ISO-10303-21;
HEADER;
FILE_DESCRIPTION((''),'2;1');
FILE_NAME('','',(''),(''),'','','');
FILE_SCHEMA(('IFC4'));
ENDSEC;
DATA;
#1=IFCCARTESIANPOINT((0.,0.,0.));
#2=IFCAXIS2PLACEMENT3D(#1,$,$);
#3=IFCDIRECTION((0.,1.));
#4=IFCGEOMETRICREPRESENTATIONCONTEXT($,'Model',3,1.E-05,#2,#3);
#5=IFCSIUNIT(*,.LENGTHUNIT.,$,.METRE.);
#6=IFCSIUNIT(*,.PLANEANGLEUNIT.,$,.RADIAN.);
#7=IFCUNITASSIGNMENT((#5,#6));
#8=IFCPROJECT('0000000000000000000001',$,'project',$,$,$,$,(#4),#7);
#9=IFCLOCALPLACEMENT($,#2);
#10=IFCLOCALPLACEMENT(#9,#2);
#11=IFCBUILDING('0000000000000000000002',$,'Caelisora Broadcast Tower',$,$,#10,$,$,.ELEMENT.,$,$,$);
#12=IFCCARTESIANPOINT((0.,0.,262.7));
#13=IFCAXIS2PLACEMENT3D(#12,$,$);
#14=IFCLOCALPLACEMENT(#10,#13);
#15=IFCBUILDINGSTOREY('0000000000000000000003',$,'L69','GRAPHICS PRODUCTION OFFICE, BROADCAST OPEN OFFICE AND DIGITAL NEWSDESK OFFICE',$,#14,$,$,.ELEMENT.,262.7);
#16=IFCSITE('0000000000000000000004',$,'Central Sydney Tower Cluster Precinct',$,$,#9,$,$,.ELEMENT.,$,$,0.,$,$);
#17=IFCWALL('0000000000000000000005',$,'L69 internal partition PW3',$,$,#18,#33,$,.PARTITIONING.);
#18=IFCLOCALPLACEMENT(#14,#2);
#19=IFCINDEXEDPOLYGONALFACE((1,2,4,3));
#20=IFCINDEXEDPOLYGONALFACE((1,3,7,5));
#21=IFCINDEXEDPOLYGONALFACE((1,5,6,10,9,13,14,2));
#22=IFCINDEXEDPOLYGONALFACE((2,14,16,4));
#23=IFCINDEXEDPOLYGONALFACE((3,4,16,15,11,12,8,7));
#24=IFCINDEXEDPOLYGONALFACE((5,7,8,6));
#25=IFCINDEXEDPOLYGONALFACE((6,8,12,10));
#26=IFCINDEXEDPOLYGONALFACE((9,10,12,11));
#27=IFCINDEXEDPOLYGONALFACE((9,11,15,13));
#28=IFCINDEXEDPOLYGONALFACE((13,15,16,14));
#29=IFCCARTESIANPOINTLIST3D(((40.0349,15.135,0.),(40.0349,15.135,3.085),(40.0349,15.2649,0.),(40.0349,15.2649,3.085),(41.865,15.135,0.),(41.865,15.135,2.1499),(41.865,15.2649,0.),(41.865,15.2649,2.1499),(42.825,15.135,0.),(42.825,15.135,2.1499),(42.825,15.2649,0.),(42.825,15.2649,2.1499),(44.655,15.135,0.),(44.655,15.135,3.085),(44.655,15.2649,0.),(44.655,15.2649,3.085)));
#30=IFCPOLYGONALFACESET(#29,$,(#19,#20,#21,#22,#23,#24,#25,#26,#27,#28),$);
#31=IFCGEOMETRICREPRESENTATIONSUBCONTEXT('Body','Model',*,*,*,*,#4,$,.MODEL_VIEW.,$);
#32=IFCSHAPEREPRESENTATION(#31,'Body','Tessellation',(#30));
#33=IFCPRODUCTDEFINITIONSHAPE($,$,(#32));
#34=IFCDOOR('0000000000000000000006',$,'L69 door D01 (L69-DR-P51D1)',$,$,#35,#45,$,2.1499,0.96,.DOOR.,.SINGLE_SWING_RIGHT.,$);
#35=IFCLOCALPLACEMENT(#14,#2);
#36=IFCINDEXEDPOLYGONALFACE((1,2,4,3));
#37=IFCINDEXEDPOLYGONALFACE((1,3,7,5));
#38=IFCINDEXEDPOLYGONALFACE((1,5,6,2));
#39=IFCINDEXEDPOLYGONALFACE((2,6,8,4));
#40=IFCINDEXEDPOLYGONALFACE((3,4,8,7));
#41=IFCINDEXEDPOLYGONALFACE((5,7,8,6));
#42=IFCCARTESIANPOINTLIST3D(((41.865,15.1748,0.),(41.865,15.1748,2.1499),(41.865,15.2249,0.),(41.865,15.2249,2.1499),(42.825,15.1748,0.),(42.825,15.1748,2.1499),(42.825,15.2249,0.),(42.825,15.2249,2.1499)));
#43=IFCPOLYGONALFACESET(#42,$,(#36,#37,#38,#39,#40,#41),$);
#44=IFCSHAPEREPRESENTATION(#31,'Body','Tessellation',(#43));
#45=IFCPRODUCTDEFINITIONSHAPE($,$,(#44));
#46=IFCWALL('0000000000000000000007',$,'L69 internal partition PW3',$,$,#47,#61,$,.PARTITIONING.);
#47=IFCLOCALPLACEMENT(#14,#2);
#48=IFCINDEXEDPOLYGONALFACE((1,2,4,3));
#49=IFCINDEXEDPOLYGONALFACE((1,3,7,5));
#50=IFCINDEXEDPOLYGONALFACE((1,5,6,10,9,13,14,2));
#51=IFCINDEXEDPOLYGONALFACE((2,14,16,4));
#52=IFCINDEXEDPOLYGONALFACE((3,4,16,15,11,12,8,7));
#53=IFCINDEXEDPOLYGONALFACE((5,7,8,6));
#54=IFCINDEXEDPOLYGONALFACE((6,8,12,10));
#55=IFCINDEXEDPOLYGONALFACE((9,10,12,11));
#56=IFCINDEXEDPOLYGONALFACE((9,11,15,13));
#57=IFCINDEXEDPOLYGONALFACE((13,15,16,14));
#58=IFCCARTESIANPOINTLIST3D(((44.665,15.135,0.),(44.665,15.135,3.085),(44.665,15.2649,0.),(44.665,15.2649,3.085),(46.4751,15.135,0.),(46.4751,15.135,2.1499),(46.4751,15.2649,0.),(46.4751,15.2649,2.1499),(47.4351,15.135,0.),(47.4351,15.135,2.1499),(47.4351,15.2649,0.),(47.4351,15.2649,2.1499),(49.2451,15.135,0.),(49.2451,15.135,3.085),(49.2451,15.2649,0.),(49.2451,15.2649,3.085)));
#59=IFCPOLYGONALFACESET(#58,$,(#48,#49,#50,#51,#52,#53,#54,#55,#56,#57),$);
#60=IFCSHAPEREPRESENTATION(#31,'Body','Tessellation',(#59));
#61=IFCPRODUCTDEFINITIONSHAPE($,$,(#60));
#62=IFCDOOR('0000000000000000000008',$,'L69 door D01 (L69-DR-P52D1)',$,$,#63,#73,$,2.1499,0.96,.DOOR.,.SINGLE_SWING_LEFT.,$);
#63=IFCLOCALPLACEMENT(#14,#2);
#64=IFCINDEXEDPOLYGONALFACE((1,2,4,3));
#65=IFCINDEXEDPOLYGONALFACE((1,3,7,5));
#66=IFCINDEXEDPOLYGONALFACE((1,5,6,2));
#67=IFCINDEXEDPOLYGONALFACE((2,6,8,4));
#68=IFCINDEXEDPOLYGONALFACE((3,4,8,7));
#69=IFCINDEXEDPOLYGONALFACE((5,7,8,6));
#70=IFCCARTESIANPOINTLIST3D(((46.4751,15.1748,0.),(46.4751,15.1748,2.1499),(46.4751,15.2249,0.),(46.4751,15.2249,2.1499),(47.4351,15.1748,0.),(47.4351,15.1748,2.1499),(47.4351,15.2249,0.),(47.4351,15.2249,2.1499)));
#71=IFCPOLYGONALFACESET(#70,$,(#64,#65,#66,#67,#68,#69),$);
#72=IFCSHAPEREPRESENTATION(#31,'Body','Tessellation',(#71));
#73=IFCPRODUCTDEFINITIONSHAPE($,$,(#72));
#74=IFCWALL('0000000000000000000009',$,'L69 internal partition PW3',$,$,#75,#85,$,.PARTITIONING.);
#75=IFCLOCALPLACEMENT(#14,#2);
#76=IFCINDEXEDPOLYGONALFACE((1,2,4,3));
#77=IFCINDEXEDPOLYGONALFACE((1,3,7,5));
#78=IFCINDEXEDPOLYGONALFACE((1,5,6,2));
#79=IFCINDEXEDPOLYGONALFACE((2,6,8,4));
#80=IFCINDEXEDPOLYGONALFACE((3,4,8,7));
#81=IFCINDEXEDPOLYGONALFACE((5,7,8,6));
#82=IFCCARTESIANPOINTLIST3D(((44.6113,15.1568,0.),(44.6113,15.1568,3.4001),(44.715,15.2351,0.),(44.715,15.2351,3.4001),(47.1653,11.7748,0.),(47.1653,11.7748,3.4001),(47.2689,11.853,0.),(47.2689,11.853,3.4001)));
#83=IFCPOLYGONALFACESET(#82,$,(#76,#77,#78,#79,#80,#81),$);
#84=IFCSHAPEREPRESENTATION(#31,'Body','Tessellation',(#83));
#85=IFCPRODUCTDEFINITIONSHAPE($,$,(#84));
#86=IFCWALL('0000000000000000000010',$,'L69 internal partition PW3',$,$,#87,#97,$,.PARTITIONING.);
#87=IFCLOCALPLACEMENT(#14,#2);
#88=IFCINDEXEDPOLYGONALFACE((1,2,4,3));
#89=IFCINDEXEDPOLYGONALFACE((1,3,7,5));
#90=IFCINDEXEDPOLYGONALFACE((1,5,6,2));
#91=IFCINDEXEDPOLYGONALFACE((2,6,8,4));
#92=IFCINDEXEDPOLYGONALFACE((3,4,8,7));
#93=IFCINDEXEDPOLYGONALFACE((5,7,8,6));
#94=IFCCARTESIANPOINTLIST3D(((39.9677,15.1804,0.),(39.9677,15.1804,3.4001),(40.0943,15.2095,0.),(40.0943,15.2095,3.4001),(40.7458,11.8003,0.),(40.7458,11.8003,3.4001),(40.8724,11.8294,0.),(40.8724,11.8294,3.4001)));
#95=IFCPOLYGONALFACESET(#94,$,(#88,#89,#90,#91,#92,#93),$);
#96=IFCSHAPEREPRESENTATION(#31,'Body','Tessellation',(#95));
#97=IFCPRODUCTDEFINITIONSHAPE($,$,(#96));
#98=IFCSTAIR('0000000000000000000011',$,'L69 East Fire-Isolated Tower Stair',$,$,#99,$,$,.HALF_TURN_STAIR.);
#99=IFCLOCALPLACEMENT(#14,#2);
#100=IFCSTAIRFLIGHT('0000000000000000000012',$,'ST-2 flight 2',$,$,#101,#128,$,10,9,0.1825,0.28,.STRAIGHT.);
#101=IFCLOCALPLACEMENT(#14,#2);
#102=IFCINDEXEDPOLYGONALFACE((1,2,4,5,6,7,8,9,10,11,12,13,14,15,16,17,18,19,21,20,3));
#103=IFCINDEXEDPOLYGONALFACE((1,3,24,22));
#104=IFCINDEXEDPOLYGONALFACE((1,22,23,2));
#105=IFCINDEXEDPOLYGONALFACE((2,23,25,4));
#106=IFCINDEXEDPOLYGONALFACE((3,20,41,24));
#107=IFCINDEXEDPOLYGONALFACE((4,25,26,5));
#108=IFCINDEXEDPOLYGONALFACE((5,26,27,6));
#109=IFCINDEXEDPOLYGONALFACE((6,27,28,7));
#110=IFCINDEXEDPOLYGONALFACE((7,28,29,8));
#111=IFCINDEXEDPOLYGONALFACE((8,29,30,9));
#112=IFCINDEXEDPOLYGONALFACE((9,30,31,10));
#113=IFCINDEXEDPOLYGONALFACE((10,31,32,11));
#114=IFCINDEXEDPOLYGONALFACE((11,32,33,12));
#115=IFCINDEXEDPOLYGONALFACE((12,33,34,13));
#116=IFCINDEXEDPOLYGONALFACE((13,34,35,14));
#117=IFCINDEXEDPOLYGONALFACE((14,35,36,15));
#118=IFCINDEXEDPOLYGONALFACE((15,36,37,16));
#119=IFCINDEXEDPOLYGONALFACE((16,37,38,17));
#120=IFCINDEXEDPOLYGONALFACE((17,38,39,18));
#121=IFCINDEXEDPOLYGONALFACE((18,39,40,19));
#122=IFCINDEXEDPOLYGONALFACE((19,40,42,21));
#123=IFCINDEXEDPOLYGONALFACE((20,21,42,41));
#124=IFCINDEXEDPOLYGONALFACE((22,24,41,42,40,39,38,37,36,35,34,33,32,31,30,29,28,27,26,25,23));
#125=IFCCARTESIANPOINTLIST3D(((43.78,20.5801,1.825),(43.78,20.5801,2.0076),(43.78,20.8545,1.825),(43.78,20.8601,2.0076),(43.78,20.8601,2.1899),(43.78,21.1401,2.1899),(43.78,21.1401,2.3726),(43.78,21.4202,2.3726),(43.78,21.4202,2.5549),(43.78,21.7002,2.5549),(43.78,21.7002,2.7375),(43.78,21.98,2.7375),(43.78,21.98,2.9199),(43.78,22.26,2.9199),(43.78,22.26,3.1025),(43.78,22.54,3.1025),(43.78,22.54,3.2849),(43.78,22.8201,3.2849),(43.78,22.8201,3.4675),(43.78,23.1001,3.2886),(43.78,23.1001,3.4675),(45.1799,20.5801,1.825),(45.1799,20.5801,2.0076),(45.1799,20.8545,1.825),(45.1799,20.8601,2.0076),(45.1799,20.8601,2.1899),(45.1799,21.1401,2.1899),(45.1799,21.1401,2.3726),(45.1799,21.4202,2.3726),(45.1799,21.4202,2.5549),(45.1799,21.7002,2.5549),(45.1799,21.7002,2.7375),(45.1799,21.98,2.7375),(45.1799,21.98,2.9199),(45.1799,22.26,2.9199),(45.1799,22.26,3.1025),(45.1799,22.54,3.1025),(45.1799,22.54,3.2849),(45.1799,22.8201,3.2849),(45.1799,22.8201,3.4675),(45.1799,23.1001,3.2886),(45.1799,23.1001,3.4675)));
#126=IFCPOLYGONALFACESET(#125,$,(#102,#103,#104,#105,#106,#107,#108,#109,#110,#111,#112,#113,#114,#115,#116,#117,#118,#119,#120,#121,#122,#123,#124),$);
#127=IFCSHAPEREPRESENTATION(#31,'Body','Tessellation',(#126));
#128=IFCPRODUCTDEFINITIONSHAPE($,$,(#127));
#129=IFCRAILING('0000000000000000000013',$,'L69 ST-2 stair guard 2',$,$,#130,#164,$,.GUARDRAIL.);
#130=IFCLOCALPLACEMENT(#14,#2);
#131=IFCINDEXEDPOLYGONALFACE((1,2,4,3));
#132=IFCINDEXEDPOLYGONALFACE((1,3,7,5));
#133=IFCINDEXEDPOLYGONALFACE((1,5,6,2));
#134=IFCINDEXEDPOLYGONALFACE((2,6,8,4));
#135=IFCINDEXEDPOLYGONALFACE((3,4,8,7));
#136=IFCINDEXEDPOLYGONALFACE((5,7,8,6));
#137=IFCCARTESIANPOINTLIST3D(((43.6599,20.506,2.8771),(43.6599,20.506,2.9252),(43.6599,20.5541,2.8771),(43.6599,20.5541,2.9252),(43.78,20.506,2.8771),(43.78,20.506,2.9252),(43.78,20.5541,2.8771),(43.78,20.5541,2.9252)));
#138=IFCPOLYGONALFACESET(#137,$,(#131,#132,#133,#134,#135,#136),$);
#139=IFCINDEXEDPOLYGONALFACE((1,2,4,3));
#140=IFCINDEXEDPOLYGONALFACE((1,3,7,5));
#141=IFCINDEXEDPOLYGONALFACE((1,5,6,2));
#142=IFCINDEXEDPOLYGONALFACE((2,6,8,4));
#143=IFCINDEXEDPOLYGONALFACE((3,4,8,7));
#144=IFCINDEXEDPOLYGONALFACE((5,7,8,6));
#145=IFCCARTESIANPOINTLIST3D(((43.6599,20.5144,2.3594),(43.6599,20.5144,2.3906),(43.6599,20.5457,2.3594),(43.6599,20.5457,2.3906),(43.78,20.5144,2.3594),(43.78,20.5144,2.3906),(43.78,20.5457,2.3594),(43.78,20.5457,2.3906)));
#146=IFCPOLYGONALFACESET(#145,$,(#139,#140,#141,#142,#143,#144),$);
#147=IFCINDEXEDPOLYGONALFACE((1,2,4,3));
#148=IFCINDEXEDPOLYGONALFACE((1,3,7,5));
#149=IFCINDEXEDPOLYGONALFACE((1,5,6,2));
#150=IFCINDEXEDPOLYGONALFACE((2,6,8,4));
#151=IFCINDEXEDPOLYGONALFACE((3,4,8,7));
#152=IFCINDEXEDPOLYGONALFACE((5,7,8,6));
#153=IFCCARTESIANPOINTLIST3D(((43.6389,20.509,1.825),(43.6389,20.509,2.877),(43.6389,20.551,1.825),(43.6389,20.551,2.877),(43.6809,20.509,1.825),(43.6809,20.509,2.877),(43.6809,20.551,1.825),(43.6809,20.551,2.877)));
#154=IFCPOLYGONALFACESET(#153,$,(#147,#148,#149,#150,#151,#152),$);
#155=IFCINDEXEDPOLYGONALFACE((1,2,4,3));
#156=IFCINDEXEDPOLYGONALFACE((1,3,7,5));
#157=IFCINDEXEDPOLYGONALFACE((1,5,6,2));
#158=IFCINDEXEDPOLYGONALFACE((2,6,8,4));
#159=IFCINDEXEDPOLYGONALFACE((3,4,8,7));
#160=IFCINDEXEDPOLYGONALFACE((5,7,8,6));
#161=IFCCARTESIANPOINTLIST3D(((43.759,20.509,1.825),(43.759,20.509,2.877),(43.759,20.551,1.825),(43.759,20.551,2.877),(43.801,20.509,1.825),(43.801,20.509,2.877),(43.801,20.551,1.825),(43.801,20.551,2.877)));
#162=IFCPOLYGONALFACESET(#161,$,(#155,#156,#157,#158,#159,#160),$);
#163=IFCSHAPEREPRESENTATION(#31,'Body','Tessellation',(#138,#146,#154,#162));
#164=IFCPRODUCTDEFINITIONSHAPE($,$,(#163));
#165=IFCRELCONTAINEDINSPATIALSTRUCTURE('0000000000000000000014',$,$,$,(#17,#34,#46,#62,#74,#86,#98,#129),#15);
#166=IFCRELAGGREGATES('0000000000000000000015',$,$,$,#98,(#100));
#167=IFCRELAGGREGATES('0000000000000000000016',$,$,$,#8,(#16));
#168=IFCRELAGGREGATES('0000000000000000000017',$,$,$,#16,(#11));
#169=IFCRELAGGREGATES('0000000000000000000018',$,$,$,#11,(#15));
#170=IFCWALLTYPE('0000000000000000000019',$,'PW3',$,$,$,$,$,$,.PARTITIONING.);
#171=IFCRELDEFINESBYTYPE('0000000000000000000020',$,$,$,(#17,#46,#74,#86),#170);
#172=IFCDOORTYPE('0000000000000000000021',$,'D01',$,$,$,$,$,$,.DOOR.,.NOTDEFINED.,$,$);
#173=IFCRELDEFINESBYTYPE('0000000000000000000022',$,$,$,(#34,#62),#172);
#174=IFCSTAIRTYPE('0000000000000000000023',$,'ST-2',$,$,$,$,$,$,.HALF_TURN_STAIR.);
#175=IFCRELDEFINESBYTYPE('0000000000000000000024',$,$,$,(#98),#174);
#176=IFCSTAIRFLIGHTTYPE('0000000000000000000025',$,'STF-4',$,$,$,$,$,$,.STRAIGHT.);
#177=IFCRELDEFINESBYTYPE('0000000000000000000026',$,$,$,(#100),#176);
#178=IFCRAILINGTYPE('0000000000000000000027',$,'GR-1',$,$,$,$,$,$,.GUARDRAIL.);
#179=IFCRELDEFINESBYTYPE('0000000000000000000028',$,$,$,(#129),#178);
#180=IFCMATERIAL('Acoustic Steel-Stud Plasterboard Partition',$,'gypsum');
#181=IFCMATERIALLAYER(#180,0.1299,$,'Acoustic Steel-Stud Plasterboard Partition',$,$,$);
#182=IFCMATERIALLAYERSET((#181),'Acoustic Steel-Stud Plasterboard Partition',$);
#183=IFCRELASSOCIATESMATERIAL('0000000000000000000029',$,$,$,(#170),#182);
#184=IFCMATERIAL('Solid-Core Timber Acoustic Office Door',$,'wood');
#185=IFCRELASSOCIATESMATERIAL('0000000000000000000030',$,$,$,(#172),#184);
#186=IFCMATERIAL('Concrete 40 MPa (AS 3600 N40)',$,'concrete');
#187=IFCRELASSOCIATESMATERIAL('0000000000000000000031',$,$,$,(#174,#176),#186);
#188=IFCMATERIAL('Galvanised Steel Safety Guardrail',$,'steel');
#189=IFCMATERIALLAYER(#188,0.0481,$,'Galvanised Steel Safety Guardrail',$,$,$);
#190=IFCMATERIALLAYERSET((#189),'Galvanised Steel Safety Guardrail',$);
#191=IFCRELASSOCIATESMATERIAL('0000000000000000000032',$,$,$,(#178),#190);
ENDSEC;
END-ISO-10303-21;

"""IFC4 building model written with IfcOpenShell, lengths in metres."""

from ifc_helpers import new_model, si_unit, direction, frame, frame_2d, origin, origin_2d, place, context, subcontext, project, spatial, polyline, rectangle, outline, extrude, material, layer, layer_set, type_object, element, fill, aggregate, save


model = new_model("IFC4")

# Units and contexts
model_context = context("Model", 3, precision=1e-05, world=origin(), true_north=direction((0.0, 1.0)))
body_context = subcontext(model_context, "Body", "Model", "MODEL_VIEW")
ifc_project = project(units=[si_unit("LENGTHUNIT", "METRE"), si_unit("PLANEANGLEUNIT", "RADIAN")], contexts=[model_context])

# Site, building, storey
site_placement = place(None, origin())
site = spatial("IfcSite", under=ifc_project, at=site_placement, Name="Central Sydney Tower Cluster Precinct", CompositionType="ELEMENT", RefElevation=0.0)
building_placement = place(site_placement, origin())
building = spatial("IfcBuilding", under=site, at=building_placement, Name="Caelisora Broadcast Tower", CompositionType="ELEMENT")
storey_placement = place(building_placement, frame((0.0, 0.0, 262.7)))
storey = spatial("IfcBuildingStorey", under=building, at=storey_placement, Name="L69", Description="GRAPHICS PRODUCTION OFFICE, BROADCAST OPEN OFFICE AND DIGITAL NEWSDESK OFFICE", CompositionType="ELEMENT", Elevation=262.7)

# Shared definitions
ifc_material_1 = material(Name="Concrete 40 MPa (AS 3600 N40)", Category="concrete")

# Walls, openings, doors
ifc_material_2 = material(Name="Acoustic Steel-Stud Plasterboard Partition", Category="gypsum")
ifc_layer_1 = layer(ifc_material_2, 0.1299, Name="Acoustic Steel-Stud Plasterboard Partition")
ifc_layer_set_1 = layer_set([ifc_layer_1], Name="Acoustic Steel-Stud Plasterboard Partition")
wall_type_1 = type_object("IfcWallType", Name="PW3", PredefinedType="PARTITIONING", material=ifc_layer_set_1)
wall_1_placement = place(storey_placement, frame((40.0349, 15.2, 0.0), z_axis=(0.0, 0.0, 1.0), x_axis=(1.0, 0.0, 0.0)))
wall_1 = element("IfcWall", 1, at=wall_1_placement, inside=storey, type_object=wall_type_1, Name="L69 internal partition PW3", PredefinedType="PARTITIONING", context=body_context, shape_type="SweptSolid", body=[
    extrude(rectangle(XDim=4.6201, YDim=0.1299, at=frame_2d((2.3101, 0.0))), origin(), (0.0, 0.0, 1.0), 3.085),
])
opening_1_placement = place(wall_1_placement, frame((1.8301, 0.0, 0.0)))
opening_1 = element("IfcOpeningElement", 2, at=opening_1_placement, cuts=wall_1, PredefinedType="OPENING", context=body_context, shape_type="SweptSolid", body=[
    extrude(rectangle(XDim=0.96, YDim=2.1499, at=frame_2d((0.48, 1.075))), frame((0.0, 0.0769, 0.0), z_axis=(0.0, -1.0, 0.0), x_axis=(1.0, 0.0, 0.0)), (0.0, 0.0, 1.0), 0.1538),
])
ifc_material_3 = material(Name="Solid-Core Timber Acoustic Office Door", Category="wood")
door_type_1 = type_object("IfcDoorType", Name="D01", OperationType="NOTDEFINED", PredefinedType="DOOR", material=ifc_material_3)
door_1_placement = place(opening_1_placement, origin())
door_1 = element("IfcDoor", 3, at=door_1_placement, inside=storey, type_object=door_type_1, Name="L69 door D01 (L69-DR-P51D1)", OperationType="SINGLE_SWING_RIGHT", OverallHeight=2.1499, OverallWidth=0.96, PredefinedType="DOOR", context=body_context, shape_type="SweptSolid", body=[
    extrude(rectangle(XDim=0.96, YDim=2.1499, at=frame_2d((0.48, 1.075))), frame((0.0, 0.0249, 0.0), z_axis=(0.0, -1.0, 0.0), x_axis=(1.0, 0.0, 0.0)), (0.0, 0.0, 1.0), 0.05),
])
fill(opening_1, door_1)
wall_2_placement = place(storey_placement, frame((44.665, 15.2, 0.0), z_axis=(0.0, 0.0, 1.0), x_axis=(1.0, 0.0, 0.0)))
wall_2 = element("IfcWall", 4, at=wall_2_placement, inside=storey, type_object=wall_type_1, Name="L69 internal partition PW3", PredefinedType="PARTITIONING", context=body_context, shape_type="SweptSolid", body=[
    extrude(rectangle(XDim=4.5801, YDim=0.1299, at=frame_2d((2.29, 0.0))), origin(), (0.0, 0.0, 1.0), 3.085),
])
opening_2_placement = place(wall_2_placement, frame((1.8101, 0.0, 0.0)))
opening_2 = element("IfcOpeningElement", 5, at=opening_2_placement, cuts=wall_2, PredefinedType="OPENING", context=body_context, shape_type="SweptSolid", body=[
    extrude(rectangle(XDim=0.96, YDim=2.1499, at=frame_2d((0.48, 1.075))), frame((0.0, 0.0769, 0.0), z_axis=(0.0, -1.0, 0.0), x_axis=(1.0, 0.0, 0.0)), (0.0, 0.0, 1.0), 0.1538),
])
door_2_placement = place(opening_2_placement, origin())
door_2 = element("IfcDoor", 6, at=door_2_placement, inside=storey, type_object=door_type_1, Name="L69 door D01 (L69-DR-P52D1)", OperationType="SINGLE_SWING_LEFT", OverallHeight=2.1499, OverallWidth=0.96, PredefinedType="DOOR", context=body_context, shape_type="SweptSolid", body=[
    extrude(rectangle(XDim=0.96, YDim=2.1499, at=frame_2d((0.48, 1.075))), frame((0.0, 0.0249, 0.0), z_axis=(0.0, -1.0, 0.0), x_axis=(1.0, 0.0, 0.0)), (0.0, 0.0, 1.0), 0.05),
])
fill(opening_2, door_2)

# Walls
wall_3_placement = place(storey_placement, frame((44.6631, 15.196, 0.0), z_axis=(0.0, 0.0, 1.0), x_axis=(0.602624, -0.798026, 0.0)))
element("IfcWall", 7, at=wall_3_placement, inside=storey, type_object=wall_type_1, Name="L69 internal partition PW3", PredefinedType="PARTITIONING", context=body_context, shape_type="SweptSolid", body=[
    extrude(rectangle(XDim=4.238, YDim=0.1299, at=frame_2d((2.1191, 0.0))), origin(), (0.0, 0.0, 1.0), 3.4001),
])
wall_4_placement = place(storey_placement, frame((40.031, 15.1951, 0.0), z_axis=(0.0, 0.0, 1.0), x_axis=(0.224325, -0.974514, 0.0)))
element("IfcWall", 8, at=wall_4_placement, inside=storey, type_object=wall_type_1, Name="L69 internal partition PW3", PredefinedType="PARTITIONING", context=body_context, shape_type="SweptSolid", body=[
    extrude(rectangle(XDim=3.4685, YDim=0.1299, at=frame_2d((1.7344, 0.0))), origin(), (0.0, 0.0, 1.0), 3.4001),
])

# Stair, stair flight
stair_type = type_object("IfcStairType", Name="ST-2", PredefinedType="HALF_TURN_STAIR", material=ifc_material_1)
stair_placement = place(storey_placement, origin())
stair = element("IfcStair", 9, at=stair_placement, inside=storey, type_object=stair_type, Name="L69 East Fire-Isolated Tower Stair", PredefinedType="HALF_TURN_STAIR")
stair_flight_type = type_object("IfcStairFlightType", Name="STF-4", PredefinedType="STRAIGHT", material=ifc_material_1)
stair_flight_placement = place(storey_placement, frame((44.48, 20.5801, 1.825), z_axis=(0.0, 0.0, 1.0), x_axis=(0.0, 1.0, 0.0)))
stair_flight = element("IfcStairFlight", 10, at=stair_flight_placement, type_object=stair_flight_type, Name="ST-2 flight 2", NumberOfRisers=10, NumberOfTreads=9, PredefinedType="STRAIGHT", RiserHeight=0.1825, TreadLength=0.28, context=body_context, shape_type="SweptSolid", body=[
    extrude(outline(polyline([(0.0, 0.0), (0.0, 0.1826), (0.28, 0.1826), (0.28, 0.365), (0.5601, 0.365), (0.5601, 0.5476), (0.8401, 0.5476), (0.8401, 0.73), (1.1201, 0.73), (1.1201, 0.9126), (1.3999, 0.9126), (1.3999, 1.095), (1.6799, 1.095), (1.6799, 1.2776), (1.96, 1.2776), (1.96, 1.46), (2.24, 1.46), (2.24, 1.6426), (2.52, 1.6426), (2.52, 1.825), (2.52, 1.4636), (0.2744, 0.0), (0.0, 0.0)])), frame((0.0, 0.7, 0.0), z_axis=(0.0, -1.0, 0.0), x_axis=(1.0, 0.0, 0.0)), (0.0, 0.0, 1.0), 1.3999),
])
aggregate(stair, [stair_flight])

# Railing
ifc_material_4 = material(Name="Galvanised Steel Safety Guardrail", Category="steel")
ifc_layer_2 = layer(ifc_material_4, 0.0481, Name="Galvanised Steel Safety Guardrail")
ifc_layer_set_2 = layer_set([ifc_layer_2], Name="Galvanised Steel Safety Guardrail")
railing_type_1 = type_object("IfcRailingType", Name="GR-1", PredefinedType="GUARDRAIL", material=ifc_layer_set_2)
railing_1_placement = place(storey_placement, frame((43.6599, 20.53, 1.825)))
element("IfcRailing", 11, at=railing_1_placement, inside=storey, type_object=railing_type_1, Name="L69 ST-2 stair guard 2", PredefinedType="GUARDRAIL", context=body_context, shape_type="SweptSolid", body=[
    extrude(rectangle(XDim=0.0481, YDim=0.0481, at=origin_2d()), frame((0.0, 0.0, 1.0762), z_axis=(1.0, 0.0, 0.0), x_axis=(0.0, 1.0, 0.0)), (0.0, 0.0, 1.0), 0.1201),
    extrude(rectangle(XDim=0.0312, YDim=0.0312, at=origin_2d()), frame((0.0, 0.0, 0.55), z_axis=(1.0, 0.0, 0.0), x_axis=(0.0, 1.0, 0.0)), (0.0, 0.0, 1.0), 0.1201),
    extrude(rectangle(XDim=0.042, YDim=0.042, at=origin_2d()), origin(), (0.0, 0.0, 1.0), 1.052),
    extrude(rectangle(XDim=0.042, YDim=0.042, at=origin_2d()), frame((0.1201, 0.0, 0.0)), (0.0, 0.0, 1.0), 1.052),
])

save(model, "model.ifc")
